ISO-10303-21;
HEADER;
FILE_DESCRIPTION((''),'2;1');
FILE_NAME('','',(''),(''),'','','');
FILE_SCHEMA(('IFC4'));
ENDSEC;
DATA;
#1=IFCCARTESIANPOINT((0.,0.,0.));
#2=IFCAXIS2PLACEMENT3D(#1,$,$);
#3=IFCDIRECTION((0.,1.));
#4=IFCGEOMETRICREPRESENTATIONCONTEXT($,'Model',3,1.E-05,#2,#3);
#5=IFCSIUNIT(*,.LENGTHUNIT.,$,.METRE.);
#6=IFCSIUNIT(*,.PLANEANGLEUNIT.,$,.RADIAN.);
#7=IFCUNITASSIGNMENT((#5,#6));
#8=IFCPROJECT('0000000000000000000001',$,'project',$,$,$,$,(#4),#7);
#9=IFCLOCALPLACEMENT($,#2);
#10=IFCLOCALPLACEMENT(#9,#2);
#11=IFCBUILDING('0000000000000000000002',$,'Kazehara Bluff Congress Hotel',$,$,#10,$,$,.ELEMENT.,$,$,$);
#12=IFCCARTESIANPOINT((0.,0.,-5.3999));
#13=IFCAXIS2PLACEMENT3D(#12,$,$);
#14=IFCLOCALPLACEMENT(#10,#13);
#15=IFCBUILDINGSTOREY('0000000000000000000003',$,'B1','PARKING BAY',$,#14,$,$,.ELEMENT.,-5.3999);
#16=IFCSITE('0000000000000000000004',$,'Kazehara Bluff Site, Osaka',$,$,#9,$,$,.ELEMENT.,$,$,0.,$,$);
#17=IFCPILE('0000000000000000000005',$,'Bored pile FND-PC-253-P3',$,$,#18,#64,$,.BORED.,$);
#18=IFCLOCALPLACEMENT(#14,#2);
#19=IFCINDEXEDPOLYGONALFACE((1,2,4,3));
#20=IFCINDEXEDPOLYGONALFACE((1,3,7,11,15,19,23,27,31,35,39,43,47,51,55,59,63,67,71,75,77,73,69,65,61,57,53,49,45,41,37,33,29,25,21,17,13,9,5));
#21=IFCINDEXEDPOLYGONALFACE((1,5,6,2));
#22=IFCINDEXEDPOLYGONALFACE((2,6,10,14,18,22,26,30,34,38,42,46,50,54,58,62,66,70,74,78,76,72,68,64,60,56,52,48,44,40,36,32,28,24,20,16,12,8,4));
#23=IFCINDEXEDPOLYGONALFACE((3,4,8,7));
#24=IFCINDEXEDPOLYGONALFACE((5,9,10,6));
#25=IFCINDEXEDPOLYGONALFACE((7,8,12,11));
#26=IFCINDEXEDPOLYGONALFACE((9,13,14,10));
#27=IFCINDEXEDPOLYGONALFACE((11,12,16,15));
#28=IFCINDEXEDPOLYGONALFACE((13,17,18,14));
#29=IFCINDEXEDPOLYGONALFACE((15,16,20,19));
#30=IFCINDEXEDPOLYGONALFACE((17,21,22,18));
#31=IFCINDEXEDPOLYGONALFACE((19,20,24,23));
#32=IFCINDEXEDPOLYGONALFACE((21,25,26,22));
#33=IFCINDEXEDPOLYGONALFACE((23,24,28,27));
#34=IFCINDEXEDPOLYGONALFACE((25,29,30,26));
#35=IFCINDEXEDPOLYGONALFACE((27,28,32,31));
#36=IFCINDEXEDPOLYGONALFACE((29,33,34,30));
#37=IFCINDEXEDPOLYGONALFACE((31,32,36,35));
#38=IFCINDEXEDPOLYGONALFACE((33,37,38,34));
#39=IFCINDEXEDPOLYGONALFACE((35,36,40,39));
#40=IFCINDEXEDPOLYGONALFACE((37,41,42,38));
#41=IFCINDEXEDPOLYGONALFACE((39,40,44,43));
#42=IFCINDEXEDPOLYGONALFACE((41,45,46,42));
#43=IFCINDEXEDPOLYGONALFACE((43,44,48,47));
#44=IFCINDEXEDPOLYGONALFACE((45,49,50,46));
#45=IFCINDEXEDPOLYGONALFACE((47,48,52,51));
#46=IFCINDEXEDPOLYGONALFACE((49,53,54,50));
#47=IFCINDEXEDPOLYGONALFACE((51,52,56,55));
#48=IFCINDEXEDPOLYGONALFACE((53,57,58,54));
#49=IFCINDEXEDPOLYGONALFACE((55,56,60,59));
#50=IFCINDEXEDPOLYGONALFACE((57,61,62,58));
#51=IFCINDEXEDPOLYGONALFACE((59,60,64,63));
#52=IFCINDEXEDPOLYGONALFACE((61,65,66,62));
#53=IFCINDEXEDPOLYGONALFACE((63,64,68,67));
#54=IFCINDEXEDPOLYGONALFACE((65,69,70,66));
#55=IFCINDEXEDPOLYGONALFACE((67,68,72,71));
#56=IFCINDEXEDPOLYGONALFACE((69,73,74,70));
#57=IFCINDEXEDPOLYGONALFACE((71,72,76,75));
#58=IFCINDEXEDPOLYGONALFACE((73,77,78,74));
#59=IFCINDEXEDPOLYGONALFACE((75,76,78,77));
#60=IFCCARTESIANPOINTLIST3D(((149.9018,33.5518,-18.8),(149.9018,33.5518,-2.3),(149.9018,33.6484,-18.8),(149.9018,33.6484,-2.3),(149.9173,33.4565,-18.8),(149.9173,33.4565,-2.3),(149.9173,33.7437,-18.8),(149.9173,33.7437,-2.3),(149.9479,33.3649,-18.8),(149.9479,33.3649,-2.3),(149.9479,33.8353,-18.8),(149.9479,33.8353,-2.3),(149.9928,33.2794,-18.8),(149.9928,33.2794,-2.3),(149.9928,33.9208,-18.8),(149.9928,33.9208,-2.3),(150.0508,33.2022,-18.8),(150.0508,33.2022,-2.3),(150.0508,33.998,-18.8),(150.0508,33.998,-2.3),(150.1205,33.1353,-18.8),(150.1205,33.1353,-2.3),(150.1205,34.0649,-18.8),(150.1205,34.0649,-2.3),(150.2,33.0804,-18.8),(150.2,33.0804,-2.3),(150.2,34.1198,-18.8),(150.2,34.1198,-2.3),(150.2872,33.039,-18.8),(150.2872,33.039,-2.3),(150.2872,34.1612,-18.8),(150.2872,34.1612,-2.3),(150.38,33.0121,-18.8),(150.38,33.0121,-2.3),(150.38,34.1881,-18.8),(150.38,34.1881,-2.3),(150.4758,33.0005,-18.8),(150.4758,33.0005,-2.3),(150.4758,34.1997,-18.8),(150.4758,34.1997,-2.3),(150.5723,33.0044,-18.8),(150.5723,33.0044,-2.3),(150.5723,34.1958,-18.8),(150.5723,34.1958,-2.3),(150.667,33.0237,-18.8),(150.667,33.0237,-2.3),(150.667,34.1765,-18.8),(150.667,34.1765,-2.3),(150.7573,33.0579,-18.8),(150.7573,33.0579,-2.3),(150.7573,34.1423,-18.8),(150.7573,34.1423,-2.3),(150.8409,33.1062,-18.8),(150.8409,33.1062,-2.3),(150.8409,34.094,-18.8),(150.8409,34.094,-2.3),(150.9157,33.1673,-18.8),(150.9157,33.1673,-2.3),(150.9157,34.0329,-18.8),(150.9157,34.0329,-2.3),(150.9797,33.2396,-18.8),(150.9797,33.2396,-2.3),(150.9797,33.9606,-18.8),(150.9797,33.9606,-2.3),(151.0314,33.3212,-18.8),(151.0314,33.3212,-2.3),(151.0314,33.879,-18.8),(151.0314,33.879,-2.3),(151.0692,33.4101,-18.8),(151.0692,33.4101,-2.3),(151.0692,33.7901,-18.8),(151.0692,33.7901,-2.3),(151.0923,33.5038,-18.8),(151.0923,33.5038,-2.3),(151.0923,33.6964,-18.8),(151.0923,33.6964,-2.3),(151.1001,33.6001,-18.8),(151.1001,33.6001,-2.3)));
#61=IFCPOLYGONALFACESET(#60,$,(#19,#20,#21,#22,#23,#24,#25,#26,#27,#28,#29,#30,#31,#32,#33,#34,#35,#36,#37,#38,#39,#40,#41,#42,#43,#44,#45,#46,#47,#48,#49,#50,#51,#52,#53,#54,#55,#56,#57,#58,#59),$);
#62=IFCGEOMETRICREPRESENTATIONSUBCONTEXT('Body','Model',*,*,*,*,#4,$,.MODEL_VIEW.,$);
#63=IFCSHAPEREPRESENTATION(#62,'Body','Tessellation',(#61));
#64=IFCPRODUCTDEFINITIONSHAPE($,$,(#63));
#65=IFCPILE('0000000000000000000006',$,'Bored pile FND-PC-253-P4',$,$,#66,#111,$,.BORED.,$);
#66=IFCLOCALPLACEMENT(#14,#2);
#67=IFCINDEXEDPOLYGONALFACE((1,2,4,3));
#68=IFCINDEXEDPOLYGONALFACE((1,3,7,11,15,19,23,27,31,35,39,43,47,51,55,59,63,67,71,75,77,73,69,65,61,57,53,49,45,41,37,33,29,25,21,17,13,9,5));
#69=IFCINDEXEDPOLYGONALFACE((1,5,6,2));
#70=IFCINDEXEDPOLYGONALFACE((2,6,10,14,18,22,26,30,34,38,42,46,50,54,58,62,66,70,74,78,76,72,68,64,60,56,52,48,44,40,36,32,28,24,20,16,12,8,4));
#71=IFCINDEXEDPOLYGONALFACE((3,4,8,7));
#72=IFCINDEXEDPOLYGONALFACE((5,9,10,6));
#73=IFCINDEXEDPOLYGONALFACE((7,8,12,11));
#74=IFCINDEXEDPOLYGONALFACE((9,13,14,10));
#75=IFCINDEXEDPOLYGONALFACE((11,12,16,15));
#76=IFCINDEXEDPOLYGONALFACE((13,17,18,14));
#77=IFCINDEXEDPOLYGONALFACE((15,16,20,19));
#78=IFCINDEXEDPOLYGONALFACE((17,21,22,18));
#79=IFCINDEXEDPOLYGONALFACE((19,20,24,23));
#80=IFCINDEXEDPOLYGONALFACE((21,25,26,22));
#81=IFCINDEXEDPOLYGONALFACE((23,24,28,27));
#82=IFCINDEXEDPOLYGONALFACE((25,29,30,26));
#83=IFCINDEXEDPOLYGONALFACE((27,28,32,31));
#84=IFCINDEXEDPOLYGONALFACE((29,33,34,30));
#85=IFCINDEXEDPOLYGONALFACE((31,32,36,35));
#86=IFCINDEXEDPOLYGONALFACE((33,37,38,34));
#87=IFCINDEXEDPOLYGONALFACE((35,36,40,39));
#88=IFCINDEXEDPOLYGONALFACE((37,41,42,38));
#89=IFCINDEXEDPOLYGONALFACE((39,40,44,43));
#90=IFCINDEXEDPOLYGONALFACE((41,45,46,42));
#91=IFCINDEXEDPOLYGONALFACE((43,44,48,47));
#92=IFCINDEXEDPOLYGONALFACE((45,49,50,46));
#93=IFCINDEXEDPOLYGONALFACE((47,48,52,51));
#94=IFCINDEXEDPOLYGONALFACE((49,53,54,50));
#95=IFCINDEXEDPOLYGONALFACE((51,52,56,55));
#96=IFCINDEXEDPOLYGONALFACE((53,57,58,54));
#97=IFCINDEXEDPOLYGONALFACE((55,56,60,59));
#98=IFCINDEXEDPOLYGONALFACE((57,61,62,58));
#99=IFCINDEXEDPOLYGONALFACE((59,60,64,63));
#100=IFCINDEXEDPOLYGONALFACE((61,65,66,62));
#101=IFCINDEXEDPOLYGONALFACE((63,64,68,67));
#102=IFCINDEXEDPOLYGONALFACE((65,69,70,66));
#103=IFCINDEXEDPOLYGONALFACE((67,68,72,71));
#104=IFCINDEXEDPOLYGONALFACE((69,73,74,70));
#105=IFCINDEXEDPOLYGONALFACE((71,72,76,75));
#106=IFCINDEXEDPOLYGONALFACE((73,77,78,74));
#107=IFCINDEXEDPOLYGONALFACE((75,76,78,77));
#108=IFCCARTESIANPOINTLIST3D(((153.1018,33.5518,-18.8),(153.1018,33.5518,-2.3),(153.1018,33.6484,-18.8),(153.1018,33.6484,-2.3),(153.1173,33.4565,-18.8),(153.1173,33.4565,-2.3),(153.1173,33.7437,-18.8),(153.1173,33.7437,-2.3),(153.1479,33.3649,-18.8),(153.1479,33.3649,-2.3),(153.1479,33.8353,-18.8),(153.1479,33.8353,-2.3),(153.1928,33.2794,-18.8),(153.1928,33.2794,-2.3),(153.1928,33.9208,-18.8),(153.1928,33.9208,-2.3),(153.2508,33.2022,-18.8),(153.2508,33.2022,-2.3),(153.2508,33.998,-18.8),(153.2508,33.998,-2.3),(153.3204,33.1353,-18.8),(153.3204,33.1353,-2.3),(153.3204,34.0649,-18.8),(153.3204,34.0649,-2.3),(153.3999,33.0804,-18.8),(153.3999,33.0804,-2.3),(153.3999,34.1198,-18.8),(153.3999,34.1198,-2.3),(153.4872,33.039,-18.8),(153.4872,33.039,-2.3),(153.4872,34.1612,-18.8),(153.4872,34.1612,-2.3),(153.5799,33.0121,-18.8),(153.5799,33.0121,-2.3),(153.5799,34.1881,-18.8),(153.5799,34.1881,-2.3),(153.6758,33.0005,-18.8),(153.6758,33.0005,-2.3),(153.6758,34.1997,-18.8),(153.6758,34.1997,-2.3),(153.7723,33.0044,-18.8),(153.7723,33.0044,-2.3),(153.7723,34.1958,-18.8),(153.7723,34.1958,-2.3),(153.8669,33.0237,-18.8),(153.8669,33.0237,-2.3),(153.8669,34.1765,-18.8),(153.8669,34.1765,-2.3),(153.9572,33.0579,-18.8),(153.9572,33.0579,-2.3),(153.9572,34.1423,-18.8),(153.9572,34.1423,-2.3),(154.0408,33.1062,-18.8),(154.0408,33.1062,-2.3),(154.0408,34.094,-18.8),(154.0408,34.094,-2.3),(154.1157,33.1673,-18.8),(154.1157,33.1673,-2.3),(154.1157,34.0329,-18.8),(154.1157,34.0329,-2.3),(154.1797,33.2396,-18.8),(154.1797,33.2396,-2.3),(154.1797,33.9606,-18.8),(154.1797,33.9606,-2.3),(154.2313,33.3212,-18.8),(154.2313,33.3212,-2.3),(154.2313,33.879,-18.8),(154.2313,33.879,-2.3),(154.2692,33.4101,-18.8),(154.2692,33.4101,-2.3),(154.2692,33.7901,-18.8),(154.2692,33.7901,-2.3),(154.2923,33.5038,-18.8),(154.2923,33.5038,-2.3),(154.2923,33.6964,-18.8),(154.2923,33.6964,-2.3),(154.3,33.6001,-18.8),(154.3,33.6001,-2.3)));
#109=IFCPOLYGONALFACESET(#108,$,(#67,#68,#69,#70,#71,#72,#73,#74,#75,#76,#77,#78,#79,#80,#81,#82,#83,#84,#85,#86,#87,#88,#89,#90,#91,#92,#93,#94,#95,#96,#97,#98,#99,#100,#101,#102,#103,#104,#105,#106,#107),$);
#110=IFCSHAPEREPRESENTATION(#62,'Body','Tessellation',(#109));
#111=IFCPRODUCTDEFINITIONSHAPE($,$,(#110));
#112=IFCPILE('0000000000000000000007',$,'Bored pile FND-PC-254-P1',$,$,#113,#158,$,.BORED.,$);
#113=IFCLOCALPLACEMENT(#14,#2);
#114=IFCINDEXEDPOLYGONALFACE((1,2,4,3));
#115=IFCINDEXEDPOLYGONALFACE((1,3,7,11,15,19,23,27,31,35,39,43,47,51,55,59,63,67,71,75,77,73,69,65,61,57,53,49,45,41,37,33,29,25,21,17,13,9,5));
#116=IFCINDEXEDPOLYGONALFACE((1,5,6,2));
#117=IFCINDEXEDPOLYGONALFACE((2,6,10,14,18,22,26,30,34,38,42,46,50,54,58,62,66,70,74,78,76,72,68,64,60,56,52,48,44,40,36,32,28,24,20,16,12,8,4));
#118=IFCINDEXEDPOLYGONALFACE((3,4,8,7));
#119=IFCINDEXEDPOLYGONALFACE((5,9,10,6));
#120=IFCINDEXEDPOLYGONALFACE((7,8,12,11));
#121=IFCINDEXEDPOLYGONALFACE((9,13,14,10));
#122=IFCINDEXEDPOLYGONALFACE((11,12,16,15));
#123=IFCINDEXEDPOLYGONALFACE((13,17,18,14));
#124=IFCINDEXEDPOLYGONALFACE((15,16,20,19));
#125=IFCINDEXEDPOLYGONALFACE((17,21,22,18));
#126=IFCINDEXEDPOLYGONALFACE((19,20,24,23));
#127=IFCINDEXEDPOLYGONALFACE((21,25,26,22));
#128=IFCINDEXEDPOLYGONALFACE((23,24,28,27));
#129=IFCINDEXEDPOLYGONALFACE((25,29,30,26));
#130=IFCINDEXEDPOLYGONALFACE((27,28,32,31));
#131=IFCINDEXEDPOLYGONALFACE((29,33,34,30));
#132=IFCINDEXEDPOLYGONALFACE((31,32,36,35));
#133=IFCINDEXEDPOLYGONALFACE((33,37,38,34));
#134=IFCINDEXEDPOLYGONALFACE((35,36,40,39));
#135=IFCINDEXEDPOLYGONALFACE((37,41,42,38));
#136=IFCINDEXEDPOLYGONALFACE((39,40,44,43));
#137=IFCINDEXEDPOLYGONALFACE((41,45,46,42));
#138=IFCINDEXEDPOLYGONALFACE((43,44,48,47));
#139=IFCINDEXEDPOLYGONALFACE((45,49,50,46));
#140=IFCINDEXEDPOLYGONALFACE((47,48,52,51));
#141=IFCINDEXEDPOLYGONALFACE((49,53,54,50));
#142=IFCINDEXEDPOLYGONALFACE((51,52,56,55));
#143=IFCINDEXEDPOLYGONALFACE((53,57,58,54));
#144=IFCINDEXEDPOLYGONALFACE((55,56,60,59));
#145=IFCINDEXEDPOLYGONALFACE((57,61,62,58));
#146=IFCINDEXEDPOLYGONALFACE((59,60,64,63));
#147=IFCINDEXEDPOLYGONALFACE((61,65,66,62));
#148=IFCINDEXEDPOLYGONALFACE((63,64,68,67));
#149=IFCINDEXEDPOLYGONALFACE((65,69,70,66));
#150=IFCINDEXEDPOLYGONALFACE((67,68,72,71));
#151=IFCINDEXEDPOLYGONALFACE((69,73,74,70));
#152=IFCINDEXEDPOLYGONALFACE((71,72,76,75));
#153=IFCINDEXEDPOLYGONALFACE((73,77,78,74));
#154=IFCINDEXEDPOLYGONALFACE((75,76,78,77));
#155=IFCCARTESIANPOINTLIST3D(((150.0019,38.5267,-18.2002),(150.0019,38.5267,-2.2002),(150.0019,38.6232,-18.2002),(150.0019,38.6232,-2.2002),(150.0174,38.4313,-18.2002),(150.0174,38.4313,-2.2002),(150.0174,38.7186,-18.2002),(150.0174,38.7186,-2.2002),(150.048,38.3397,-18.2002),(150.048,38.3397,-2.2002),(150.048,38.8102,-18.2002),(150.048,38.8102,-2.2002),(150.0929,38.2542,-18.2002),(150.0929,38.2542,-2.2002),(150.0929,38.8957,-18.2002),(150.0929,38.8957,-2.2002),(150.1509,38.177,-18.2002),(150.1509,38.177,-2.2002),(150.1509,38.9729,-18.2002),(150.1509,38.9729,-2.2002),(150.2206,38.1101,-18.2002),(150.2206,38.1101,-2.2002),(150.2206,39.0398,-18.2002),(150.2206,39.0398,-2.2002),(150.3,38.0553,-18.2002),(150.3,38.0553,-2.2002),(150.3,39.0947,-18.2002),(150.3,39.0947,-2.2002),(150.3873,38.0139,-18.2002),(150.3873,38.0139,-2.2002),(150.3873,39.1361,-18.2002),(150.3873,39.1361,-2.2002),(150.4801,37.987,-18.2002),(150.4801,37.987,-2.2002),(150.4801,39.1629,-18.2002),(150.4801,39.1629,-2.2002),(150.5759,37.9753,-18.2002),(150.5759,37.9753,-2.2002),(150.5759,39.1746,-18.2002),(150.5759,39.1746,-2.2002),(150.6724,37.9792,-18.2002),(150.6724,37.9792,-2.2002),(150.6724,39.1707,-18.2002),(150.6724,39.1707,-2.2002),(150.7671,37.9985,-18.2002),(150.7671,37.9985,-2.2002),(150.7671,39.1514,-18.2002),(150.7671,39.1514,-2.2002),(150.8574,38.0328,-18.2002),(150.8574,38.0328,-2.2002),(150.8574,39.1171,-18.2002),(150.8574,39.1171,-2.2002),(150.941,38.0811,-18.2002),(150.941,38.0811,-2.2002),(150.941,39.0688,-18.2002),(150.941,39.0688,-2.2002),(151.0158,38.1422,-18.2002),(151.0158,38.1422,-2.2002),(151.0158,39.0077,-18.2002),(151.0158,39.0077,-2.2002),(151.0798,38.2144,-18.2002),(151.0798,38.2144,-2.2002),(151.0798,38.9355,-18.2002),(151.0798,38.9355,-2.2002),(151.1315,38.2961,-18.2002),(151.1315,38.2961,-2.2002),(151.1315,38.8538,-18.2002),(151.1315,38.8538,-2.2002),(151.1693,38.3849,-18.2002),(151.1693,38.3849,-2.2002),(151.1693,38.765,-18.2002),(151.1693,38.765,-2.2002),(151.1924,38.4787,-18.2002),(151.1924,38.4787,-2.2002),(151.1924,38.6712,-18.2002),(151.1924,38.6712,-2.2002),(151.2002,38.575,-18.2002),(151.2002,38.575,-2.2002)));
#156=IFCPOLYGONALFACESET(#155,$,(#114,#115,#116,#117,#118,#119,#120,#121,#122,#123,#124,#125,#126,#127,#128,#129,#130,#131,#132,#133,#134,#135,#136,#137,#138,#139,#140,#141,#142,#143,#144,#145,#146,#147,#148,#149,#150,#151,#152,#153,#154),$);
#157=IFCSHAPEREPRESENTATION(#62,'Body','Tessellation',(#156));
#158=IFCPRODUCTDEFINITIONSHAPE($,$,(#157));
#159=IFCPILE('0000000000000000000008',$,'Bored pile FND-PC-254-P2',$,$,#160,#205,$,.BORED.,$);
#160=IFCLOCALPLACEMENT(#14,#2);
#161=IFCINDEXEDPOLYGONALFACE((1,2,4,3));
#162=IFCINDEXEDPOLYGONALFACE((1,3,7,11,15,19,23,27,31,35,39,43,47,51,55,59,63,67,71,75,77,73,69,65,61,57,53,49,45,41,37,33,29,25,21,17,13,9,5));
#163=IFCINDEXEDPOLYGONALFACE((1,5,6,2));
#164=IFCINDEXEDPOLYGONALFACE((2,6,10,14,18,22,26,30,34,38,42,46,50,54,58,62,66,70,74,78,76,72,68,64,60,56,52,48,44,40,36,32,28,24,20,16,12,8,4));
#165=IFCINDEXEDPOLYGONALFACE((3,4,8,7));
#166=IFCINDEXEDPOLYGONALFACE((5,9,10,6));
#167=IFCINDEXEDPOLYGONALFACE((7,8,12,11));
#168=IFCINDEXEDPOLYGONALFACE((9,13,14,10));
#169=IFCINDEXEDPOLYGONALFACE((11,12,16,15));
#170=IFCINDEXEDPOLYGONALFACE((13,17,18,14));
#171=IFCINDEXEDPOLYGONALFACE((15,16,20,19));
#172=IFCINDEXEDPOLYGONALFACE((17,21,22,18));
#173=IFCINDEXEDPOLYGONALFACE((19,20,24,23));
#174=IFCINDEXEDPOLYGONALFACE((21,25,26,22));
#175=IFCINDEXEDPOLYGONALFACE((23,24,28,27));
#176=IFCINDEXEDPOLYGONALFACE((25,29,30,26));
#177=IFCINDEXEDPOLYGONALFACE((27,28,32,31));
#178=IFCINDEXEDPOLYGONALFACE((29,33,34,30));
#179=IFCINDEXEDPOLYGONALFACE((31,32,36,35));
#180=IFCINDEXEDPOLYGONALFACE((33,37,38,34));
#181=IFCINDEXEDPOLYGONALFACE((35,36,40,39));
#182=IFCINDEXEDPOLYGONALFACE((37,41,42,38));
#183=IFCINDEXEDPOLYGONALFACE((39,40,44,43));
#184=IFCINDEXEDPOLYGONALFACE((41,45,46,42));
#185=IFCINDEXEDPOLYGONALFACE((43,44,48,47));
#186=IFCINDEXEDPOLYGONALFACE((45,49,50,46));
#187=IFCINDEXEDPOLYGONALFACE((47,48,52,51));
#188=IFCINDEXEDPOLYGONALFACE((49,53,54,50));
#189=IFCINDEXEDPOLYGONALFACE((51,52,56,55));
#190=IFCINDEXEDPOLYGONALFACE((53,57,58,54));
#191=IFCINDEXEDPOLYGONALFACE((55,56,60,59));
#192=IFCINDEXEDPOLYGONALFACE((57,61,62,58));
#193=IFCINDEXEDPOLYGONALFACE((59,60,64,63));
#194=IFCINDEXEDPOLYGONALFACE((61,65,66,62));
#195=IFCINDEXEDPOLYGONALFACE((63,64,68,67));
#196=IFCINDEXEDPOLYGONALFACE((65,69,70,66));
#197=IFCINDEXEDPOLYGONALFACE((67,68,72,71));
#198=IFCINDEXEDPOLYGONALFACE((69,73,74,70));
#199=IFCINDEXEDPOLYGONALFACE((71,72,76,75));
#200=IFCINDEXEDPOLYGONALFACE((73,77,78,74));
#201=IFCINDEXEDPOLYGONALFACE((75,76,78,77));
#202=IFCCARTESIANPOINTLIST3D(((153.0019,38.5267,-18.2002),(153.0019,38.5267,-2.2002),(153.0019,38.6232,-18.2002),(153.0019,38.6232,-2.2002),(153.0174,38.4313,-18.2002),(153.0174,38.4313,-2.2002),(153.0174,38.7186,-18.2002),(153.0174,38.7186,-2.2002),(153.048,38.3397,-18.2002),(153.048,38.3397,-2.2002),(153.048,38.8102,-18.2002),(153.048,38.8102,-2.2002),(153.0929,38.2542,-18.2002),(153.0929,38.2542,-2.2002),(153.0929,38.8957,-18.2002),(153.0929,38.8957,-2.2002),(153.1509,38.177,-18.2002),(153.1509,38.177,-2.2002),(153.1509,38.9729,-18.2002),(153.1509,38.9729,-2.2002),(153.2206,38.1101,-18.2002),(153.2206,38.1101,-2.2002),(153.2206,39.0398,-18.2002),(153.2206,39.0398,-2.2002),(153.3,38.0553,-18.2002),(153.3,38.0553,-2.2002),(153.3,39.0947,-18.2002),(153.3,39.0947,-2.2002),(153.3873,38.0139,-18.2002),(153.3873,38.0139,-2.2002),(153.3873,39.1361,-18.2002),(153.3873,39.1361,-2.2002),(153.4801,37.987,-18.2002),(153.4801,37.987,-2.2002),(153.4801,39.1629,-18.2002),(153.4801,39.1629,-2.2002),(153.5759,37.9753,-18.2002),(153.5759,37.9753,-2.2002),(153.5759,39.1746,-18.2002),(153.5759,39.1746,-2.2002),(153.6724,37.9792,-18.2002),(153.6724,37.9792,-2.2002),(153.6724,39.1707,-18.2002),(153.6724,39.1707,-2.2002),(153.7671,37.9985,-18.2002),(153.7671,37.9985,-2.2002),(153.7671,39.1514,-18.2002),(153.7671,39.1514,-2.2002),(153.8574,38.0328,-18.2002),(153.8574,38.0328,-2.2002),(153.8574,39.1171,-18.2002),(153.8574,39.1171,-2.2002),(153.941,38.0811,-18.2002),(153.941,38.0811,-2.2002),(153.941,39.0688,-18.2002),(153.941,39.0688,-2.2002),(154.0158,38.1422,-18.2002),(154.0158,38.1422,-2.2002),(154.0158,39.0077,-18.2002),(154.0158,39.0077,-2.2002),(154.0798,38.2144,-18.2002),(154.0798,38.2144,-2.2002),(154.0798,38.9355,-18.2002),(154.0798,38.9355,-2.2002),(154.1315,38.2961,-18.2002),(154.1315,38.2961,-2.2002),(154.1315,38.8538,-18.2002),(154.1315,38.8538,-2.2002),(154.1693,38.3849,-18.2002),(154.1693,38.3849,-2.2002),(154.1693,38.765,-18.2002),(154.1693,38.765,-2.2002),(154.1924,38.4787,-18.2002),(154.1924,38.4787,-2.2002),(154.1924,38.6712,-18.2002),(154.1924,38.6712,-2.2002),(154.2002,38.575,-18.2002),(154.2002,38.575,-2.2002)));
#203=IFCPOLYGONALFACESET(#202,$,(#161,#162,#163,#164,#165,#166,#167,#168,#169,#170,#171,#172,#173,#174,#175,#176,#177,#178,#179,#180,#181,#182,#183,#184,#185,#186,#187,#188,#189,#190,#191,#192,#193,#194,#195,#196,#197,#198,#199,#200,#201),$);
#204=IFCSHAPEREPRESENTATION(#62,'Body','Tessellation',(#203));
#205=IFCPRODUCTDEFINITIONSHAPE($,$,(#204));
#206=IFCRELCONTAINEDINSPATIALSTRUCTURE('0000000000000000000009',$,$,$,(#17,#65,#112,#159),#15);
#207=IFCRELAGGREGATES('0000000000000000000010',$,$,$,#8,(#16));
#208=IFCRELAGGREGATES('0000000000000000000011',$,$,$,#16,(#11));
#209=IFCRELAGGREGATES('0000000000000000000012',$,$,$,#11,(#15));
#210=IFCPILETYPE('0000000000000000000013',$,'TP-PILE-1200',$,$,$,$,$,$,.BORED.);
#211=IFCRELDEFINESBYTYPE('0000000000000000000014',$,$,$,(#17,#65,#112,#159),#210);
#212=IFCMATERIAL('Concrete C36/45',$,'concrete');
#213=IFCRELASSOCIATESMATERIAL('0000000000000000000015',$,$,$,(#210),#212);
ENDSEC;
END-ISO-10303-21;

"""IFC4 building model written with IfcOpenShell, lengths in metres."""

from ifc_helpers import new_model, si_unit, direction, frame, origin, origin_2d, place, context, subcontext, project, spatial, circle, extrude, material, material_profile, profile_set, type_object, element, save


model = new_model("IFC4")

# Units and contexts
model_context = context("Model", 3, precision=1e-05, world=origin(), true_north=direction((0.0, 1.0)))
body_context = subcontext(model_context, "Body", "Model", "MODEL_VIEW")
ifc_project = project(units=[si_unit("LENGTHUNIT", "METRE"), si_unit("PLANEANGLEUNIT", "RADIAN")], contexts=[model_context])

# Site, building, storey
site_placement = place(None, origin())
site = spatial("IfcSite", under=ifc_project, at=site_placement, Name="Kazehara Bluff Site, Osaka", CompositionType="ELEMENT", RefElevation=0.0)
building_placement = place(site_placement, origin())
building = spatial("IfcBuilding", under=site, at=building_placement, Name="Kazehara Bluff Congress Hotel", CompositionType="ELEMENT")
storey_placement = place(building_placement, frame((0.0, 0.0, -5.3999)))
storey = spatial("IfcBuildingStorey", under=building, at=storey_placement, Name="B1", Description="PARKING BAY", CompositionType="ELEMENT", Elevation=-5.3999)

# Piles
ifc_material_1 = material(Name="Concrete C36/45", Category="concrete")
ifc_material_profile_1 = material_profile(ifc_material_1, circle(Radius=0.6001, at=origin_2d()))
ifc_profile_set_1 = profile_set([ifc_material_profile_1], Name="Concrete C36/45")
pile_type = type_object("IfcPileType", Name="TP-PILE-1200", PredefinedType="BORED", material=ifc_profile_set_1)
for number, where, z_axis, x_axis, name in (
    (1, (150.5, 33.6001, -2.3), (0.0, 0.0, -1.0), (1.0, 0.0, 0.0), "Bored pile FND-PC-253-P3"),
    (2, (153.7, 33.6001, -2.3), (0.0, 0.0, -1.0), (1.0, 0.0, 0.0), "Bored pile FND-PC-253-P4"),
):
    element("IfcPile", number, at=place(storey_placement, frame(where, z_axis=z_axis, x_axis=x_axis)), inside=storey, type_object=pile_type, Name=name, PredefinedType="BORED", context=body_context, shape_type="SweptSolid", body=[
        extrude(circle(Radius=0.6001, at=origin_2d()), origin(), (0.0, 0.0, 1.0), 16.5),
    ])
for number, where, z_axis, x_axis, name in (
    (3, (150.6001, 38.575, -2.2002), (0.0, 0.0, -1.0), (1.0, 0.0, 0.0), "Bored pile FND-PC-254-P1"),
    (4, (153.6001, 38.575, -2.2002), (0.0, 0.0, -1.0), (1.0, 0.0, 0.0), "Bored pile FND-PC-254-P2"),
):
    element("IfcPile", number, at=place(storey_placement, frame(where, z_axis=z_axis, x_axis=x_axis)), inside=storey, type_object=pile_type, Name=name, PredefinedType="BORED", context=body_context, shape_type="SweptSolid", body=[
        extrude(circle(Radius=0.6001, at=origin_2d()), origin(), (0.0, 0.0, 1.0), 16.0),
    ])

save(model, "model.ifc")
